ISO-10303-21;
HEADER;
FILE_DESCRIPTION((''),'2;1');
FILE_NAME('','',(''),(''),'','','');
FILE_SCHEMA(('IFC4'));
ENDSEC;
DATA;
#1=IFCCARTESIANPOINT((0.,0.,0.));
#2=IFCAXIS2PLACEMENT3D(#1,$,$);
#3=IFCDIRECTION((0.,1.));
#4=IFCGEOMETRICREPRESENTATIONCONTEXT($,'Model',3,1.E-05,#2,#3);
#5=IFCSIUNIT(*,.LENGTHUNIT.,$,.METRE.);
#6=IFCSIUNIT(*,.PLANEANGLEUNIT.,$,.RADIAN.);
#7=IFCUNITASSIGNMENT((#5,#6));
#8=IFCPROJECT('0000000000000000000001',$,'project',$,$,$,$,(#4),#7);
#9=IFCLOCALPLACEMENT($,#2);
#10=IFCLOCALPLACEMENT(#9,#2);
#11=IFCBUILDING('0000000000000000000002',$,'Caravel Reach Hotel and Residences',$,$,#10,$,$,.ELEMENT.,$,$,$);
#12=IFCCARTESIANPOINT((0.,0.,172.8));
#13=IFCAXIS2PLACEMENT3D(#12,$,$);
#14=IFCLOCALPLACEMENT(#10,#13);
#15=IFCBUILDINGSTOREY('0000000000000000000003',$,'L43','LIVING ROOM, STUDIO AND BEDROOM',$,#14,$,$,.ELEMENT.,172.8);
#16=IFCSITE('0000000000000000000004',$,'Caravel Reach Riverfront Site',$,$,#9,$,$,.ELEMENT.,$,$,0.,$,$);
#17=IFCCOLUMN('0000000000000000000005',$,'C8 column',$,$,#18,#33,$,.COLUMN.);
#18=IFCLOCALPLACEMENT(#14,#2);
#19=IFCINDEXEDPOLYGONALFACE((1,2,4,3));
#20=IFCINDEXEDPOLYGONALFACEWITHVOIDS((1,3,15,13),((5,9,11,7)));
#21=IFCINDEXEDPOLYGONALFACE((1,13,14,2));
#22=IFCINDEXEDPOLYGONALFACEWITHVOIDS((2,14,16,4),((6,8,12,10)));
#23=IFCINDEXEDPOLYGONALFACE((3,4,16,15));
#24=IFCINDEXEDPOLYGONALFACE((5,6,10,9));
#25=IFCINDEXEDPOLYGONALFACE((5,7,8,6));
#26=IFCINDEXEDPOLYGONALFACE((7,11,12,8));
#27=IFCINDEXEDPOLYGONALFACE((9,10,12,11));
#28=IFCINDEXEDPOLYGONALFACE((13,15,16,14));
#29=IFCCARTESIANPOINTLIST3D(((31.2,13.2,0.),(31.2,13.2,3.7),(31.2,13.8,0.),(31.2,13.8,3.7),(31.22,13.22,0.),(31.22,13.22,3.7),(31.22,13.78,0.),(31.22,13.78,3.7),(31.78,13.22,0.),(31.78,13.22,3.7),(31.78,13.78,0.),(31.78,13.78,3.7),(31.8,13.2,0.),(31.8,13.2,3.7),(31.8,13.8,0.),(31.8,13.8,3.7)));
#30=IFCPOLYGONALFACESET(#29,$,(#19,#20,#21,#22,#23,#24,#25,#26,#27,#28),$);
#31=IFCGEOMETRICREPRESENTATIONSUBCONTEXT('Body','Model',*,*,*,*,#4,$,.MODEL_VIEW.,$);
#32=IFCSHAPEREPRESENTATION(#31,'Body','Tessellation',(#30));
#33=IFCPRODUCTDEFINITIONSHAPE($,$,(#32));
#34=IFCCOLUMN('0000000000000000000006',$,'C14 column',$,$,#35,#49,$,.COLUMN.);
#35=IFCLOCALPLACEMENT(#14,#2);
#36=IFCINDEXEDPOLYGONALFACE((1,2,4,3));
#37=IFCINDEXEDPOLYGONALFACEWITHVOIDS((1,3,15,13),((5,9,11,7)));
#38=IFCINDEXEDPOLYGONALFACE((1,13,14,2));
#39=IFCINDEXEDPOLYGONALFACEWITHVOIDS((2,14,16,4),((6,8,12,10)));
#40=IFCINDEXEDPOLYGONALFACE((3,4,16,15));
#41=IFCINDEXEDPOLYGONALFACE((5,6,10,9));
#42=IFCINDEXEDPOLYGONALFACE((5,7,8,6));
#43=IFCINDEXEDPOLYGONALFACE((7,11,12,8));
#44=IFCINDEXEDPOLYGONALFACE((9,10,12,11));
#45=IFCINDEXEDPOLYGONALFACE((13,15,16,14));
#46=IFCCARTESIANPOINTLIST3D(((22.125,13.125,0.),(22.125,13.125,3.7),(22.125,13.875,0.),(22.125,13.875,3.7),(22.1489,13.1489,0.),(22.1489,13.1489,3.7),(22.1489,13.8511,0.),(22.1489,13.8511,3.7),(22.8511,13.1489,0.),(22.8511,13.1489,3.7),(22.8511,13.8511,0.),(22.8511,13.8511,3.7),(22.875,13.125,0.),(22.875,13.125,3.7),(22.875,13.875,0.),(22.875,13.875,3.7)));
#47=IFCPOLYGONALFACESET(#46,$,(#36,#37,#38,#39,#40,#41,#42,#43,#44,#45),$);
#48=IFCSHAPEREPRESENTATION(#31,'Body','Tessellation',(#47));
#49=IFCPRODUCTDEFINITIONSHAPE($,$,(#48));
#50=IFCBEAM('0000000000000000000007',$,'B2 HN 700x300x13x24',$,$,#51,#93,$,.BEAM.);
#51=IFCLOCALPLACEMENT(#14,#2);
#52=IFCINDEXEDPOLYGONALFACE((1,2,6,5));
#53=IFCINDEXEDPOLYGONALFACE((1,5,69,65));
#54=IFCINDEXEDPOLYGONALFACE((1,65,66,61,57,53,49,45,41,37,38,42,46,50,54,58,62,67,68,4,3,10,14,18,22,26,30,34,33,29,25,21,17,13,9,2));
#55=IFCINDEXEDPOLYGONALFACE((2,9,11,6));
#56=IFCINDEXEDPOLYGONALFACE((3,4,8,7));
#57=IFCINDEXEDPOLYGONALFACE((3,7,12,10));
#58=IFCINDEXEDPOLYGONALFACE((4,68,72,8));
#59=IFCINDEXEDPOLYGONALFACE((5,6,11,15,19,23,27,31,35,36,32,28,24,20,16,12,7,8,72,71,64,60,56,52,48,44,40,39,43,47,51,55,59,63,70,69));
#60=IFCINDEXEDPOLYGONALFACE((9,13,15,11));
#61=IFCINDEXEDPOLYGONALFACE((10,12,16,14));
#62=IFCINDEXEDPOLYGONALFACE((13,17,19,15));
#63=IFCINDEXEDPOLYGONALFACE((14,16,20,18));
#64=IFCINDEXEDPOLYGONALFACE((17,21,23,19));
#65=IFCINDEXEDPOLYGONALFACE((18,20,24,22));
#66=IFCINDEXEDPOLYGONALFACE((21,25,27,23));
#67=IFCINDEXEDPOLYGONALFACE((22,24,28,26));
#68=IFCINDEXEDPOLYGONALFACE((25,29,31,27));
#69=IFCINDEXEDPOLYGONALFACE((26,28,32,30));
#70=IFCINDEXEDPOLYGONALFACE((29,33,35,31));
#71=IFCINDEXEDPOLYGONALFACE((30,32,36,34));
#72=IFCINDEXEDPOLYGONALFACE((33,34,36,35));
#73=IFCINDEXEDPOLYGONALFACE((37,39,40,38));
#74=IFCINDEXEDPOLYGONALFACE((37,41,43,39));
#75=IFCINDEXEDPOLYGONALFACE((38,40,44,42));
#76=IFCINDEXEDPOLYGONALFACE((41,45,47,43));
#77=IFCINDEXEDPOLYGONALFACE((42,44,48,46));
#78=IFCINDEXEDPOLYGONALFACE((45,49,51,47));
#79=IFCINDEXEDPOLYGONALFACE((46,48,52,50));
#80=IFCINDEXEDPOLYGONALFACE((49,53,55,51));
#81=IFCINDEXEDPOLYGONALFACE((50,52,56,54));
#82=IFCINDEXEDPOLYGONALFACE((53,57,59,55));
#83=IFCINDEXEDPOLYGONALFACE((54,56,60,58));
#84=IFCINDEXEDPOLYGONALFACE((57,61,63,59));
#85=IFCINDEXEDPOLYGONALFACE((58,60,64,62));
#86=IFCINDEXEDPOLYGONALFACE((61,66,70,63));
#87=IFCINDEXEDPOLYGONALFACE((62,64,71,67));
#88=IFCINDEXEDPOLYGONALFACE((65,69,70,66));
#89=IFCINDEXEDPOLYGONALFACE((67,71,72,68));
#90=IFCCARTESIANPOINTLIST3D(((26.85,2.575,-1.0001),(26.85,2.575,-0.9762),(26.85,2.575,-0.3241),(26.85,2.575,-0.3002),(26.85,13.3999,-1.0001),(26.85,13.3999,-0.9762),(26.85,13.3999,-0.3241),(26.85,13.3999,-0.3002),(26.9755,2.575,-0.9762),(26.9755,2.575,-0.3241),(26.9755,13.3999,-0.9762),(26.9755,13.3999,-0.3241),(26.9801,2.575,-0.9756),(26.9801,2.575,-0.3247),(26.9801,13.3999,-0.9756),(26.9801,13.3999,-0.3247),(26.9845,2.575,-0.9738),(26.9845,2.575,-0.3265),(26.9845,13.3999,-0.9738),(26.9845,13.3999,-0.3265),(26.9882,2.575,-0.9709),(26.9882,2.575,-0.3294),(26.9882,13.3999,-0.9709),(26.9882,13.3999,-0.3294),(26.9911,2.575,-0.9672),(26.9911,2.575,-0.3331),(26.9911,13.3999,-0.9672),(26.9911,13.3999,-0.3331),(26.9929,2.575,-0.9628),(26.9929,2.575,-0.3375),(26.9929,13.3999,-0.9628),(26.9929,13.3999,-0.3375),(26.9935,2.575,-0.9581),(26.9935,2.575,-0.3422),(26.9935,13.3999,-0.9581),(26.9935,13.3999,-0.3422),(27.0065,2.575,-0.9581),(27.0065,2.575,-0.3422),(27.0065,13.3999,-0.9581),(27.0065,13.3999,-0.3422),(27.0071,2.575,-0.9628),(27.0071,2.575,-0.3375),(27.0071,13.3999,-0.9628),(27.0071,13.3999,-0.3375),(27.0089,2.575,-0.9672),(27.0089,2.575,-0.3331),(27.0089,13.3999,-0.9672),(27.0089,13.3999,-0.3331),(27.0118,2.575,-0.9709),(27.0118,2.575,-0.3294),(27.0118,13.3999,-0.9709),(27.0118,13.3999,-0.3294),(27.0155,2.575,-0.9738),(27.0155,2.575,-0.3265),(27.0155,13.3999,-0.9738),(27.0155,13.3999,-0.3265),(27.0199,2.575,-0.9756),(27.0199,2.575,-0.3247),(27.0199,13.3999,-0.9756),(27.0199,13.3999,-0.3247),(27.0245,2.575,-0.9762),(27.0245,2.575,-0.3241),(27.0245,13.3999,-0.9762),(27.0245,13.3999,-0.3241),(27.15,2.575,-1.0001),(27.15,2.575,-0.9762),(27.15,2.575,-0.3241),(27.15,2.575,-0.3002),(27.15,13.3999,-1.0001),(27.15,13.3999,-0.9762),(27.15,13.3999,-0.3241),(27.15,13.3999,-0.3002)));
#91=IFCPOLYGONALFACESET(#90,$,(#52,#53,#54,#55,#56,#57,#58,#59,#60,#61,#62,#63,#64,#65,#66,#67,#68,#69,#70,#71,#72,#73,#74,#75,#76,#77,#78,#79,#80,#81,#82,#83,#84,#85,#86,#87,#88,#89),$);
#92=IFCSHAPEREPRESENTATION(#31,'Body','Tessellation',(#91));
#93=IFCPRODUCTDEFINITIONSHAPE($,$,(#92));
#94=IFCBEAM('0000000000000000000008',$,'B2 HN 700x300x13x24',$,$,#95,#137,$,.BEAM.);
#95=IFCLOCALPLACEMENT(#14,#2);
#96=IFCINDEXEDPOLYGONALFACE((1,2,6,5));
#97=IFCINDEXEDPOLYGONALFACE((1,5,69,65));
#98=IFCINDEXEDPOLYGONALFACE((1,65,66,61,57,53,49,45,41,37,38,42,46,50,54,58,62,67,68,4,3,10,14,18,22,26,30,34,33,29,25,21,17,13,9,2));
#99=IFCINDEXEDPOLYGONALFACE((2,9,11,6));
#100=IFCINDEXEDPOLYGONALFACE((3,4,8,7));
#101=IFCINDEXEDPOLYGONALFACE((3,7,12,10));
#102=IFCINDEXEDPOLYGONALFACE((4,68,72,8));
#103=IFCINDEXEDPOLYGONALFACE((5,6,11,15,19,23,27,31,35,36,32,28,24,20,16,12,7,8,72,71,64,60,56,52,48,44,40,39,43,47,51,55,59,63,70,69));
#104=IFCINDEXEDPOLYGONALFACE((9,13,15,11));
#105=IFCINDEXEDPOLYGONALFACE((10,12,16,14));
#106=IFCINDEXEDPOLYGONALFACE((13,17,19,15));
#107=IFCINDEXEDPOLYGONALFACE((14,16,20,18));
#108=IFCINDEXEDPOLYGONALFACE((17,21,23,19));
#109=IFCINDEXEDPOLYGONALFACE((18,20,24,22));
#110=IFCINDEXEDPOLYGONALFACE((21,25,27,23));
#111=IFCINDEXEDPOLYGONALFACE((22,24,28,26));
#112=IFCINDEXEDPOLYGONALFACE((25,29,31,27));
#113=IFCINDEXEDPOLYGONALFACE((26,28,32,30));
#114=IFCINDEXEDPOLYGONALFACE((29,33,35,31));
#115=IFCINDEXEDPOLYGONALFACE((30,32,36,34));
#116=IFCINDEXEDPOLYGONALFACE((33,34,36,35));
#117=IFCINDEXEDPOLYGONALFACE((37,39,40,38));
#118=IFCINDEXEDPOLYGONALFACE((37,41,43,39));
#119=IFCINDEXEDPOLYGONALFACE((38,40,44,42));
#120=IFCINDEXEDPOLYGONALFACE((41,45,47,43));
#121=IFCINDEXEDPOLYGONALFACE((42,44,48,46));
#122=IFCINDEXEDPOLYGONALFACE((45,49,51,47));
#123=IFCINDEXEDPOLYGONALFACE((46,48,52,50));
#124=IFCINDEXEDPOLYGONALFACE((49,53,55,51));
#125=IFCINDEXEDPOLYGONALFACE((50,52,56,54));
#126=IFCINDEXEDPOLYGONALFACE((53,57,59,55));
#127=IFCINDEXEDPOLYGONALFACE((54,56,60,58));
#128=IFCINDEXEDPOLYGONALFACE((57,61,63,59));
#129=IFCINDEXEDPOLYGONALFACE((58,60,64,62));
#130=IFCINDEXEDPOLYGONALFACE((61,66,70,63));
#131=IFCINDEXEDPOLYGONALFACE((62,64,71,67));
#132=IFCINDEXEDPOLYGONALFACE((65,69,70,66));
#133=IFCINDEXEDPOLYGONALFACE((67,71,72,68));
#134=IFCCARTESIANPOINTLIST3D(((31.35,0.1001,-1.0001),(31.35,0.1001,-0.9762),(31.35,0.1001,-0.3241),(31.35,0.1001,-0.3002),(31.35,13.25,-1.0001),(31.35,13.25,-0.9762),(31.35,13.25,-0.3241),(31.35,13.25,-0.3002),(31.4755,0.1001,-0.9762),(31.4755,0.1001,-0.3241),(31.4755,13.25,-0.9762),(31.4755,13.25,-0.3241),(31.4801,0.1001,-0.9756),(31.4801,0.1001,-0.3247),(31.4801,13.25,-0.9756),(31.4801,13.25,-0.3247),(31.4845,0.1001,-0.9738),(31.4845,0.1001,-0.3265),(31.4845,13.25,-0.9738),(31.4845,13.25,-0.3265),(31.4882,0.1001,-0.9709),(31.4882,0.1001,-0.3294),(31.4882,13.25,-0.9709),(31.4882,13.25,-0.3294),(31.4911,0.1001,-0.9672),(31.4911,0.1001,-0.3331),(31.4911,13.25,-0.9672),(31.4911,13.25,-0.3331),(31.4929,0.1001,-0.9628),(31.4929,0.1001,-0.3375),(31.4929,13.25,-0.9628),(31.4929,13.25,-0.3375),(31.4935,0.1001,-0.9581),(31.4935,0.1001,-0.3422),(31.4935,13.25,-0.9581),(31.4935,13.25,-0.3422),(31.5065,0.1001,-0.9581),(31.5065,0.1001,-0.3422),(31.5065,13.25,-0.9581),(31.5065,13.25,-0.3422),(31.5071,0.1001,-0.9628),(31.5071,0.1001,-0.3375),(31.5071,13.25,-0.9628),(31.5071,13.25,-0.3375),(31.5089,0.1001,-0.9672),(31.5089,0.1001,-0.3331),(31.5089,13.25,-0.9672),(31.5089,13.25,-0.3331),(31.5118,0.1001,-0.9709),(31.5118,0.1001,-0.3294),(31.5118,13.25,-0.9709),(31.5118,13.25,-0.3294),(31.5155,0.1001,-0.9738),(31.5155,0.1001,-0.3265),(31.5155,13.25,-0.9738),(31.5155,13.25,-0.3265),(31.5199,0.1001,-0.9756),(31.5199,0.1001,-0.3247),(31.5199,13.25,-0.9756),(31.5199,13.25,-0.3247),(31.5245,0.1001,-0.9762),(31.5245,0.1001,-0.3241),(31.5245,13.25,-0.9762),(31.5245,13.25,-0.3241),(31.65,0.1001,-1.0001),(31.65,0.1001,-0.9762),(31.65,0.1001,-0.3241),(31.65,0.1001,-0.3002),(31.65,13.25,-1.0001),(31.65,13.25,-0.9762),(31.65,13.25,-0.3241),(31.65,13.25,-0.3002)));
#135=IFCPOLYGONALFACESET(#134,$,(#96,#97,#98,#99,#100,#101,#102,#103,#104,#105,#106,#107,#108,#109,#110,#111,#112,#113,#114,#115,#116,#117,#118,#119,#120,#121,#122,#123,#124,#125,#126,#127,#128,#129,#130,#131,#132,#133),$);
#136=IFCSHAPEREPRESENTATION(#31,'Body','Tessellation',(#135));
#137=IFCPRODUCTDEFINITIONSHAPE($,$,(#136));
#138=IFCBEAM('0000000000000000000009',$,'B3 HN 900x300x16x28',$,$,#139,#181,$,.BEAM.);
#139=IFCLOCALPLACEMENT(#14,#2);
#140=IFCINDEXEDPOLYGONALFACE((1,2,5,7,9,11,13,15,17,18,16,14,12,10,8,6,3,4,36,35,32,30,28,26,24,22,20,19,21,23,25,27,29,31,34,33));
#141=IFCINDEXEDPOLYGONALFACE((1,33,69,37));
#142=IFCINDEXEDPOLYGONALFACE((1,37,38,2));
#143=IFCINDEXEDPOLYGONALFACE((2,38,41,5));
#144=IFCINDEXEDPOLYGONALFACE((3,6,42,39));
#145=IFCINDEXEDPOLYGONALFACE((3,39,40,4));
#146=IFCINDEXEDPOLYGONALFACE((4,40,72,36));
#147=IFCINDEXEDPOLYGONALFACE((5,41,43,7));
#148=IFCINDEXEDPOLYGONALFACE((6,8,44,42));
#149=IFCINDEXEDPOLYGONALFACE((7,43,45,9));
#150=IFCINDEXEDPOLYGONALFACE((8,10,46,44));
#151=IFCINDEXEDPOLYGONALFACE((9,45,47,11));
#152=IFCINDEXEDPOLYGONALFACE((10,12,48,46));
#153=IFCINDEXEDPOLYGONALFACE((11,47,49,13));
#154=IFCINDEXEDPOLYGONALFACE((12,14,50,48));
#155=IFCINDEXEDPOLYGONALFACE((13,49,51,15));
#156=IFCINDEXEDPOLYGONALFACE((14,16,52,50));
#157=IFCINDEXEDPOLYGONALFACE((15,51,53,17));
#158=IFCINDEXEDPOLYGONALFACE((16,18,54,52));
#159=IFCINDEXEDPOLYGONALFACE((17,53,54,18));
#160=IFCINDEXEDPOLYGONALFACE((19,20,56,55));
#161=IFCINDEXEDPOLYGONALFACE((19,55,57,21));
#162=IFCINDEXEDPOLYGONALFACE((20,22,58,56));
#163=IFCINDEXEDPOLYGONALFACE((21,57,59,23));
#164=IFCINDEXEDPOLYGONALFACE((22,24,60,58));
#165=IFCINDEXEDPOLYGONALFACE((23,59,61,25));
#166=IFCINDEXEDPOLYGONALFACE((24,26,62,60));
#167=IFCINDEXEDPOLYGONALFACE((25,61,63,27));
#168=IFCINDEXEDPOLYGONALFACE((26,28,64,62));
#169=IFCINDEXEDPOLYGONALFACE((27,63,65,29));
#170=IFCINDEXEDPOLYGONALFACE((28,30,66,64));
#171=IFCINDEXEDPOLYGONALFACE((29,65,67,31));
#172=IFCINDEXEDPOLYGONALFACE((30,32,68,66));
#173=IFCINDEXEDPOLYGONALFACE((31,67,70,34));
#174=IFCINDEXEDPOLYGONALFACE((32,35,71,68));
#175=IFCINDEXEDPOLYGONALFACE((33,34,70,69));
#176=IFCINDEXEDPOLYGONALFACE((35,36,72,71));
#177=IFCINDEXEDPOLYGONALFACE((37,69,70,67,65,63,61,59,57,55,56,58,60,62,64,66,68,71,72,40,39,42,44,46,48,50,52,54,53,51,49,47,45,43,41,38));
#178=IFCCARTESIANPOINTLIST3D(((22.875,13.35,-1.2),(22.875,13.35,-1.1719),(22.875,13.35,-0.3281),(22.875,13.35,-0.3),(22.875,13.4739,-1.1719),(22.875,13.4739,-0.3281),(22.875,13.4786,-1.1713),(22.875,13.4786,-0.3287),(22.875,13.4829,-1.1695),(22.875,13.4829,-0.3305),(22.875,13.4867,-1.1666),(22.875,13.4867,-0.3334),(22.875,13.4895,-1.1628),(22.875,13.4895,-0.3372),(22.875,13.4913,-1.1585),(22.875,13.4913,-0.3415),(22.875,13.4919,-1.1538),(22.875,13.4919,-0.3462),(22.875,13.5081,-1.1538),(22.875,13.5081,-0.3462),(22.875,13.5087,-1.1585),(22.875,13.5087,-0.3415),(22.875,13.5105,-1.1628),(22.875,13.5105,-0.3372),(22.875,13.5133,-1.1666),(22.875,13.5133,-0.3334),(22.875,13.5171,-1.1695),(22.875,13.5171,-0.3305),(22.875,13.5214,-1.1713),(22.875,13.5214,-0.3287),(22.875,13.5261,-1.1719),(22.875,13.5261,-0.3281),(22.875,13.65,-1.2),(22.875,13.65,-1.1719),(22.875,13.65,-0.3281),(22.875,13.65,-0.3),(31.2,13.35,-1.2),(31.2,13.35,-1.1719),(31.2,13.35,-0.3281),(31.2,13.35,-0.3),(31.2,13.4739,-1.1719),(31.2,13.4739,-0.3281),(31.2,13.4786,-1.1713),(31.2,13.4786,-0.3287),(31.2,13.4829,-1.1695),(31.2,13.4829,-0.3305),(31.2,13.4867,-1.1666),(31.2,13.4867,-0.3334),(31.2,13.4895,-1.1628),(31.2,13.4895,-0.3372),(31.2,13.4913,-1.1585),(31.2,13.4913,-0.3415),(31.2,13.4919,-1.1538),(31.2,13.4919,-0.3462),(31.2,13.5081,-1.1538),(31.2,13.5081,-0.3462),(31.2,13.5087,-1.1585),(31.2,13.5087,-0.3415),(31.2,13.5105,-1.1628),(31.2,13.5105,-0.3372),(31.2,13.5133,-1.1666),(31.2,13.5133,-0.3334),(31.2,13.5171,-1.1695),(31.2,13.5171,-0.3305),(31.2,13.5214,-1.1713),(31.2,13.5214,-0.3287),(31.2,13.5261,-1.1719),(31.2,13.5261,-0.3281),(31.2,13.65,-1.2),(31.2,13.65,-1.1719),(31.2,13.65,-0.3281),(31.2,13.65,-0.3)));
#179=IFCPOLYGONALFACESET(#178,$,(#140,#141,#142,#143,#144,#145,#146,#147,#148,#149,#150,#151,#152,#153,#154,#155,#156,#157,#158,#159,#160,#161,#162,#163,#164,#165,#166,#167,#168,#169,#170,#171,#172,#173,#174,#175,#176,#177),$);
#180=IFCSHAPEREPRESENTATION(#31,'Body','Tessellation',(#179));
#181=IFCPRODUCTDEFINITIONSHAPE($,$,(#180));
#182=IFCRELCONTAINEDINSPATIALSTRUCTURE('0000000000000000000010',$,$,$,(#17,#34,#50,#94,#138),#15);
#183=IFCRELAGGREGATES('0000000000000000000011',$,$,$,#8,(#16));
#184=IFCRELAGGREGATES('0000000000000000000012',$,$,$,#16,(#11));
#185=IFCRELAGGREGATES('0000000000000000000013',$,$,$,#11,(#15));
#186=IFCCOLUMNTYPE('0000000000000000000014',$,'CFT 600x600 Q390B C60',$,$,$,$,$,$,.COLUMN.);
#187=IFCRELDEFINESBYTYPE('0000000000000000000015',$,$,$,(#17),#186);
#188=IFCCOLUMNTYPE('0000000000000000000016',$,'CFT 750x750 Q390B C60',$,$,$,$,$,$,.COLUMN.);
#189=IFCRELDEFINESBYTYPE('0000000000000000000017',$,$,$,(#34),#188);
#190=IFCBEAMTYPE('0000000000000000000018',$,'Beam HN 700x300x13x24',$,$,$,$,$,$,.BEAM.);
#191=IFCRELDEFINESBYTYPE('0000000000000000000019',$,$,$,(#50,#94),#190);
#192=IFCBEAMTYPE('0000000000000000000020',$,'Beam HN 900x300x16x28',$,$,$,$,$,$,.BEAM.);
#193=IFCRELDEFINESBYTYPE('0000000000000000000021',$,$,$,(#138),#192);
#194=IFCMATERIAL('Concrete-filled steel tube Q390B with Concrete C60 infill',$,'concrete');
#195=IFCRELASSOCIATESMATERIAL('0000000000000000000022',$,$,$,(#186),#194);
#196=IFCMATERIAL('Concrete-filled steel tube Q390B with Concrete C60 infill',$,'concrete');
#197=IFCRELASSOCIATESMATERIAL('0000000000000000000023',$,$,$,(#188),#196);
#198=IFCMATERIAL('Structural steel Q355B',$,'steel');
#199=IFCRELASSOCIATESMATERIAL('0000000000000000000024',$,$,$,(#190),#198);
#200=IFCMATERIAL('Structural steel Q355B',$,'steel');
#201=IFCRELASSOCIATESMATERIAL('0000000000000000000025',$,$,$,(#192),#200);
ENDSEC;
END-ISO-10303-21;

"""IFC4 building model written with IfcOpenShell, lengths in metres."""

from ifc_helpers import new_model, si_unit, direction, frame, origin, origin_2d, place, context, subcontext, project, spatial, hollow_rectangle, i_section, extrude, material, material_profile, profile_set, type_object, element, save


model = new_model("IFC4")

# Units and contexts
model_context = context("Model", 3, precision=1e-05, world=origin(), true_north=direction((0.0, 1.0)))
body_context = subcontext(model_context, "Body", "Model", "MODEL_VIEW")
ifc_project = project(units=[si_unit("LENGTHUNIT", "METRE"), si_unit("PLANEANGLEUNIT", "RADIAN")], contexts=[model_context])

# Site, building, storey
site_placement = place(None, origin())
site = spatial("IfcSite", under=ifc_project, at=site_placement, Name="Caravel Reach Riverfront Site", CompositionType="ELEMENT", RefElevation=0.0)
building_placement = place(site_placement, origin())
building = spatial("IfcBuilding", under=site, at=building_placement, Name="Caravel Reach Hotel and Residences", CompositionType="ELEMENT")
storey_placement = place(building_placement, frame((0.0, 0.0, 172.8)))
storey = spatial("IfcBuildingStorey", under=building, at=storey_placement, Name="L43", Description="LIVING ROOM, STUDIO AND BEDROOM", CompositionType="ELEMENT", Elevation=172.8)

# Columns
ifc_material_1 = material(Name="Concrete-filled steel tube Q390B with Concrete C60 infill", Category="concrete")
ifc_material_profile_1 = material_profile(ifc_material_1, hollow_rectangle(XDim=0.6001, YDim=0.6001, WallThickness=0.02, at=origin_2d()), Name="RHS 600x600x20")
ifc_profile_set_1 = profile_set([ifc_material_profile_1], Name="Concrete-filled steel tube Q390B with Concrete C60 infill")
column_type_1 = type_object("IfcColumnType", Name="CFT 600x600 Q390B C60", PredefinedType="COLUMN", material=ifc_profile_set_1)
column_1_placement = place(storey_placement, frame((31.5, 13.5, 0.0), z_axis=(0.0, 0.0, 1.0), x_axis=(1.0, 0.0, 0.0)))
element("IfcColumn", 1, at=column_1_placement, inside=storey, type_object=column_type_1, Name="C8 column", PredefinedType="COLUMN", context=body_context, shape_type="SweptSolid", body=[
    extrude(hollow_rectangle(XDim=0.6001, YDim=0.6001, WallThickness=0.02, at=origin_2d()), origin(), (0.0, 0.0, 1.0), 3.7),
])
ifc_material_2 = material(Name="Concrete-filled steel tube Q390B with Concrete C60 infill", Category="concrete")
ifc_material_profile_2 = material_profile(ifc_material_2, hollow_rectangle(XDim=0.75, YDim=0.75, WallThickness=0.0239, at=origin_2d()), Name="RHS 750x750x24")
ifc_profile_set_2 = profile_set([ifc_material_profile_2], Name="Concrete-filled steel tube Q390B with Concrete C60 infill")
column_type_2 = type_object("IfcColumnType", Name="CFT 750x750 Q390B C60", PredefinedType="COLUMN", material=ifc_profile_set_2)
column_2_placement = place(storey_placement, frame((22.5, 13.5, 0.0), z_axis=(0.0, 0.0, 1.0), x_axis=(1.0, 0.0, 0.0)))
element("IfcColumn", 2, at=column_2_placement, inside=storey, type_object=column_type_2, Name="C14 column", PredefinedType="COLUMN", context=body_context, shape_type="SweptSolid", body=[
    extrude(hollow_rectangle(XDim=0.75, YDim=0.75, WallThickness=0.0239, at=origin_2d()), origin(), (0.0, 0.0, 1.0), 3.7),
])

# Beams
ifc_material_3 = material(Name="Structural steel Q355B", Category="steel")
ifc_material_profile_3 = material_profile(ifc_material_3, i_section(OverallWidth=0.3, OverallDepth=0.7, WebThickness=0.0129, FlangeThickness=0.0239, FilletRadius=0.0181, at=origin_2d()), Name="HN 700x300x13x24")
ifc_profile_set_3 = profile_set([ifc_material_profile_3], Name="Structural steel Q355B")
beam_type_1 = type_object("IfcBeamType", Name="Beam HN 700x300x13x24", PredefinedType="BEAM", material=ifc_profile_set_3)
beam_1_placement = place(storey_placement, frame((27.0, 13.3999, -0.6501), z_axis=(0.0, -1.0, 0.0), x_axis=(1.0, 0.0, 0.0)))
element("IfcBeam", 3, at=beam_1_placement, inside=storey, type_object=beam_type_1, Name="B2 HN 700x300x13x24", PredefinedType="BEAM", context=body_context, shape_type="SweptSolid", body=[
    extrude(i_section(OverallWidth=0.3, OverallDepth=0.7, WebThickness=0.0129, FlangeThickness=0.0239, FilletRadius=0.0181, at=origin_2d()), origin(), (0.0, 0.0, 1.0), 10.825),
])
beam_2_placement = place(storey_placement, frame((31.5, 13.25, -0.6501), z_axis=(0.0, -1.0, 0.0), x_axis=(1.0, 0.0, 0.0)))
element("IfcBeam", 4, at=beam_2_placement, inside=storey, type_object=beam_type_1, Name="B2 HN 700x300x13x24", PredefinedType="BEAM", context=body_context, shape_type="SweptSolid", body=[
    extrude(i_section(OverallWidth=0.3, OverallDepth=0.7, WebThickness=0.0129, FlangeThickness=0.0239, FilletRadius=0.0181, at=origin_2d()), origin(), (0.0, 0.0, 1.0), 13.1499),
])
ifc_material_4 = material(Name="Structural steel Q355B", Category="steel")
ifc_material_profile_4 = material_profile(ifc_material_4, i_section(OverallWidth=0.3, OverallDepth=0.8999, WebThickness=0.0161, FlangeThickness=0.0281, FilletRadius=0.0181, at=origin_2d()), Name="HN 900x300x16x28")
ifc_profile_set_4 = profile_set([ifc_material_profile_4], Name="Structural steel Q355B")
beam_type_2 = type_object("IfcBeamType", Name="Beam HN 900x300x16x28", PredefinedType="BEAM", material=ifc_profile_set_4)
beam_3_placement = place(storey_placement, frame((22.875, 13.5, -0.75), z_axis=(1.0, 0.0, 0.0), x_axis=(0.0, 1.0, 0.0)))
element("IfcBeam", 5, at=beam_3_placement, inside=storey, type_object=beam_type_2, Name="B3 HN 900x300x16x28", PredefinedType="BEAM", context=body_context, shape_type="SweptSolid", body=[
    extrude(i_section(OverallWidth=0.3, OverallDepth=0.8999, WebThickness=0.0161, FlangeThickness=0.0281, FilletRadius=0.0181, at=origin_2d()), origin(), (0.0, 0.0, 1.0), 8.325),
])

save(model, "model.ifc")
